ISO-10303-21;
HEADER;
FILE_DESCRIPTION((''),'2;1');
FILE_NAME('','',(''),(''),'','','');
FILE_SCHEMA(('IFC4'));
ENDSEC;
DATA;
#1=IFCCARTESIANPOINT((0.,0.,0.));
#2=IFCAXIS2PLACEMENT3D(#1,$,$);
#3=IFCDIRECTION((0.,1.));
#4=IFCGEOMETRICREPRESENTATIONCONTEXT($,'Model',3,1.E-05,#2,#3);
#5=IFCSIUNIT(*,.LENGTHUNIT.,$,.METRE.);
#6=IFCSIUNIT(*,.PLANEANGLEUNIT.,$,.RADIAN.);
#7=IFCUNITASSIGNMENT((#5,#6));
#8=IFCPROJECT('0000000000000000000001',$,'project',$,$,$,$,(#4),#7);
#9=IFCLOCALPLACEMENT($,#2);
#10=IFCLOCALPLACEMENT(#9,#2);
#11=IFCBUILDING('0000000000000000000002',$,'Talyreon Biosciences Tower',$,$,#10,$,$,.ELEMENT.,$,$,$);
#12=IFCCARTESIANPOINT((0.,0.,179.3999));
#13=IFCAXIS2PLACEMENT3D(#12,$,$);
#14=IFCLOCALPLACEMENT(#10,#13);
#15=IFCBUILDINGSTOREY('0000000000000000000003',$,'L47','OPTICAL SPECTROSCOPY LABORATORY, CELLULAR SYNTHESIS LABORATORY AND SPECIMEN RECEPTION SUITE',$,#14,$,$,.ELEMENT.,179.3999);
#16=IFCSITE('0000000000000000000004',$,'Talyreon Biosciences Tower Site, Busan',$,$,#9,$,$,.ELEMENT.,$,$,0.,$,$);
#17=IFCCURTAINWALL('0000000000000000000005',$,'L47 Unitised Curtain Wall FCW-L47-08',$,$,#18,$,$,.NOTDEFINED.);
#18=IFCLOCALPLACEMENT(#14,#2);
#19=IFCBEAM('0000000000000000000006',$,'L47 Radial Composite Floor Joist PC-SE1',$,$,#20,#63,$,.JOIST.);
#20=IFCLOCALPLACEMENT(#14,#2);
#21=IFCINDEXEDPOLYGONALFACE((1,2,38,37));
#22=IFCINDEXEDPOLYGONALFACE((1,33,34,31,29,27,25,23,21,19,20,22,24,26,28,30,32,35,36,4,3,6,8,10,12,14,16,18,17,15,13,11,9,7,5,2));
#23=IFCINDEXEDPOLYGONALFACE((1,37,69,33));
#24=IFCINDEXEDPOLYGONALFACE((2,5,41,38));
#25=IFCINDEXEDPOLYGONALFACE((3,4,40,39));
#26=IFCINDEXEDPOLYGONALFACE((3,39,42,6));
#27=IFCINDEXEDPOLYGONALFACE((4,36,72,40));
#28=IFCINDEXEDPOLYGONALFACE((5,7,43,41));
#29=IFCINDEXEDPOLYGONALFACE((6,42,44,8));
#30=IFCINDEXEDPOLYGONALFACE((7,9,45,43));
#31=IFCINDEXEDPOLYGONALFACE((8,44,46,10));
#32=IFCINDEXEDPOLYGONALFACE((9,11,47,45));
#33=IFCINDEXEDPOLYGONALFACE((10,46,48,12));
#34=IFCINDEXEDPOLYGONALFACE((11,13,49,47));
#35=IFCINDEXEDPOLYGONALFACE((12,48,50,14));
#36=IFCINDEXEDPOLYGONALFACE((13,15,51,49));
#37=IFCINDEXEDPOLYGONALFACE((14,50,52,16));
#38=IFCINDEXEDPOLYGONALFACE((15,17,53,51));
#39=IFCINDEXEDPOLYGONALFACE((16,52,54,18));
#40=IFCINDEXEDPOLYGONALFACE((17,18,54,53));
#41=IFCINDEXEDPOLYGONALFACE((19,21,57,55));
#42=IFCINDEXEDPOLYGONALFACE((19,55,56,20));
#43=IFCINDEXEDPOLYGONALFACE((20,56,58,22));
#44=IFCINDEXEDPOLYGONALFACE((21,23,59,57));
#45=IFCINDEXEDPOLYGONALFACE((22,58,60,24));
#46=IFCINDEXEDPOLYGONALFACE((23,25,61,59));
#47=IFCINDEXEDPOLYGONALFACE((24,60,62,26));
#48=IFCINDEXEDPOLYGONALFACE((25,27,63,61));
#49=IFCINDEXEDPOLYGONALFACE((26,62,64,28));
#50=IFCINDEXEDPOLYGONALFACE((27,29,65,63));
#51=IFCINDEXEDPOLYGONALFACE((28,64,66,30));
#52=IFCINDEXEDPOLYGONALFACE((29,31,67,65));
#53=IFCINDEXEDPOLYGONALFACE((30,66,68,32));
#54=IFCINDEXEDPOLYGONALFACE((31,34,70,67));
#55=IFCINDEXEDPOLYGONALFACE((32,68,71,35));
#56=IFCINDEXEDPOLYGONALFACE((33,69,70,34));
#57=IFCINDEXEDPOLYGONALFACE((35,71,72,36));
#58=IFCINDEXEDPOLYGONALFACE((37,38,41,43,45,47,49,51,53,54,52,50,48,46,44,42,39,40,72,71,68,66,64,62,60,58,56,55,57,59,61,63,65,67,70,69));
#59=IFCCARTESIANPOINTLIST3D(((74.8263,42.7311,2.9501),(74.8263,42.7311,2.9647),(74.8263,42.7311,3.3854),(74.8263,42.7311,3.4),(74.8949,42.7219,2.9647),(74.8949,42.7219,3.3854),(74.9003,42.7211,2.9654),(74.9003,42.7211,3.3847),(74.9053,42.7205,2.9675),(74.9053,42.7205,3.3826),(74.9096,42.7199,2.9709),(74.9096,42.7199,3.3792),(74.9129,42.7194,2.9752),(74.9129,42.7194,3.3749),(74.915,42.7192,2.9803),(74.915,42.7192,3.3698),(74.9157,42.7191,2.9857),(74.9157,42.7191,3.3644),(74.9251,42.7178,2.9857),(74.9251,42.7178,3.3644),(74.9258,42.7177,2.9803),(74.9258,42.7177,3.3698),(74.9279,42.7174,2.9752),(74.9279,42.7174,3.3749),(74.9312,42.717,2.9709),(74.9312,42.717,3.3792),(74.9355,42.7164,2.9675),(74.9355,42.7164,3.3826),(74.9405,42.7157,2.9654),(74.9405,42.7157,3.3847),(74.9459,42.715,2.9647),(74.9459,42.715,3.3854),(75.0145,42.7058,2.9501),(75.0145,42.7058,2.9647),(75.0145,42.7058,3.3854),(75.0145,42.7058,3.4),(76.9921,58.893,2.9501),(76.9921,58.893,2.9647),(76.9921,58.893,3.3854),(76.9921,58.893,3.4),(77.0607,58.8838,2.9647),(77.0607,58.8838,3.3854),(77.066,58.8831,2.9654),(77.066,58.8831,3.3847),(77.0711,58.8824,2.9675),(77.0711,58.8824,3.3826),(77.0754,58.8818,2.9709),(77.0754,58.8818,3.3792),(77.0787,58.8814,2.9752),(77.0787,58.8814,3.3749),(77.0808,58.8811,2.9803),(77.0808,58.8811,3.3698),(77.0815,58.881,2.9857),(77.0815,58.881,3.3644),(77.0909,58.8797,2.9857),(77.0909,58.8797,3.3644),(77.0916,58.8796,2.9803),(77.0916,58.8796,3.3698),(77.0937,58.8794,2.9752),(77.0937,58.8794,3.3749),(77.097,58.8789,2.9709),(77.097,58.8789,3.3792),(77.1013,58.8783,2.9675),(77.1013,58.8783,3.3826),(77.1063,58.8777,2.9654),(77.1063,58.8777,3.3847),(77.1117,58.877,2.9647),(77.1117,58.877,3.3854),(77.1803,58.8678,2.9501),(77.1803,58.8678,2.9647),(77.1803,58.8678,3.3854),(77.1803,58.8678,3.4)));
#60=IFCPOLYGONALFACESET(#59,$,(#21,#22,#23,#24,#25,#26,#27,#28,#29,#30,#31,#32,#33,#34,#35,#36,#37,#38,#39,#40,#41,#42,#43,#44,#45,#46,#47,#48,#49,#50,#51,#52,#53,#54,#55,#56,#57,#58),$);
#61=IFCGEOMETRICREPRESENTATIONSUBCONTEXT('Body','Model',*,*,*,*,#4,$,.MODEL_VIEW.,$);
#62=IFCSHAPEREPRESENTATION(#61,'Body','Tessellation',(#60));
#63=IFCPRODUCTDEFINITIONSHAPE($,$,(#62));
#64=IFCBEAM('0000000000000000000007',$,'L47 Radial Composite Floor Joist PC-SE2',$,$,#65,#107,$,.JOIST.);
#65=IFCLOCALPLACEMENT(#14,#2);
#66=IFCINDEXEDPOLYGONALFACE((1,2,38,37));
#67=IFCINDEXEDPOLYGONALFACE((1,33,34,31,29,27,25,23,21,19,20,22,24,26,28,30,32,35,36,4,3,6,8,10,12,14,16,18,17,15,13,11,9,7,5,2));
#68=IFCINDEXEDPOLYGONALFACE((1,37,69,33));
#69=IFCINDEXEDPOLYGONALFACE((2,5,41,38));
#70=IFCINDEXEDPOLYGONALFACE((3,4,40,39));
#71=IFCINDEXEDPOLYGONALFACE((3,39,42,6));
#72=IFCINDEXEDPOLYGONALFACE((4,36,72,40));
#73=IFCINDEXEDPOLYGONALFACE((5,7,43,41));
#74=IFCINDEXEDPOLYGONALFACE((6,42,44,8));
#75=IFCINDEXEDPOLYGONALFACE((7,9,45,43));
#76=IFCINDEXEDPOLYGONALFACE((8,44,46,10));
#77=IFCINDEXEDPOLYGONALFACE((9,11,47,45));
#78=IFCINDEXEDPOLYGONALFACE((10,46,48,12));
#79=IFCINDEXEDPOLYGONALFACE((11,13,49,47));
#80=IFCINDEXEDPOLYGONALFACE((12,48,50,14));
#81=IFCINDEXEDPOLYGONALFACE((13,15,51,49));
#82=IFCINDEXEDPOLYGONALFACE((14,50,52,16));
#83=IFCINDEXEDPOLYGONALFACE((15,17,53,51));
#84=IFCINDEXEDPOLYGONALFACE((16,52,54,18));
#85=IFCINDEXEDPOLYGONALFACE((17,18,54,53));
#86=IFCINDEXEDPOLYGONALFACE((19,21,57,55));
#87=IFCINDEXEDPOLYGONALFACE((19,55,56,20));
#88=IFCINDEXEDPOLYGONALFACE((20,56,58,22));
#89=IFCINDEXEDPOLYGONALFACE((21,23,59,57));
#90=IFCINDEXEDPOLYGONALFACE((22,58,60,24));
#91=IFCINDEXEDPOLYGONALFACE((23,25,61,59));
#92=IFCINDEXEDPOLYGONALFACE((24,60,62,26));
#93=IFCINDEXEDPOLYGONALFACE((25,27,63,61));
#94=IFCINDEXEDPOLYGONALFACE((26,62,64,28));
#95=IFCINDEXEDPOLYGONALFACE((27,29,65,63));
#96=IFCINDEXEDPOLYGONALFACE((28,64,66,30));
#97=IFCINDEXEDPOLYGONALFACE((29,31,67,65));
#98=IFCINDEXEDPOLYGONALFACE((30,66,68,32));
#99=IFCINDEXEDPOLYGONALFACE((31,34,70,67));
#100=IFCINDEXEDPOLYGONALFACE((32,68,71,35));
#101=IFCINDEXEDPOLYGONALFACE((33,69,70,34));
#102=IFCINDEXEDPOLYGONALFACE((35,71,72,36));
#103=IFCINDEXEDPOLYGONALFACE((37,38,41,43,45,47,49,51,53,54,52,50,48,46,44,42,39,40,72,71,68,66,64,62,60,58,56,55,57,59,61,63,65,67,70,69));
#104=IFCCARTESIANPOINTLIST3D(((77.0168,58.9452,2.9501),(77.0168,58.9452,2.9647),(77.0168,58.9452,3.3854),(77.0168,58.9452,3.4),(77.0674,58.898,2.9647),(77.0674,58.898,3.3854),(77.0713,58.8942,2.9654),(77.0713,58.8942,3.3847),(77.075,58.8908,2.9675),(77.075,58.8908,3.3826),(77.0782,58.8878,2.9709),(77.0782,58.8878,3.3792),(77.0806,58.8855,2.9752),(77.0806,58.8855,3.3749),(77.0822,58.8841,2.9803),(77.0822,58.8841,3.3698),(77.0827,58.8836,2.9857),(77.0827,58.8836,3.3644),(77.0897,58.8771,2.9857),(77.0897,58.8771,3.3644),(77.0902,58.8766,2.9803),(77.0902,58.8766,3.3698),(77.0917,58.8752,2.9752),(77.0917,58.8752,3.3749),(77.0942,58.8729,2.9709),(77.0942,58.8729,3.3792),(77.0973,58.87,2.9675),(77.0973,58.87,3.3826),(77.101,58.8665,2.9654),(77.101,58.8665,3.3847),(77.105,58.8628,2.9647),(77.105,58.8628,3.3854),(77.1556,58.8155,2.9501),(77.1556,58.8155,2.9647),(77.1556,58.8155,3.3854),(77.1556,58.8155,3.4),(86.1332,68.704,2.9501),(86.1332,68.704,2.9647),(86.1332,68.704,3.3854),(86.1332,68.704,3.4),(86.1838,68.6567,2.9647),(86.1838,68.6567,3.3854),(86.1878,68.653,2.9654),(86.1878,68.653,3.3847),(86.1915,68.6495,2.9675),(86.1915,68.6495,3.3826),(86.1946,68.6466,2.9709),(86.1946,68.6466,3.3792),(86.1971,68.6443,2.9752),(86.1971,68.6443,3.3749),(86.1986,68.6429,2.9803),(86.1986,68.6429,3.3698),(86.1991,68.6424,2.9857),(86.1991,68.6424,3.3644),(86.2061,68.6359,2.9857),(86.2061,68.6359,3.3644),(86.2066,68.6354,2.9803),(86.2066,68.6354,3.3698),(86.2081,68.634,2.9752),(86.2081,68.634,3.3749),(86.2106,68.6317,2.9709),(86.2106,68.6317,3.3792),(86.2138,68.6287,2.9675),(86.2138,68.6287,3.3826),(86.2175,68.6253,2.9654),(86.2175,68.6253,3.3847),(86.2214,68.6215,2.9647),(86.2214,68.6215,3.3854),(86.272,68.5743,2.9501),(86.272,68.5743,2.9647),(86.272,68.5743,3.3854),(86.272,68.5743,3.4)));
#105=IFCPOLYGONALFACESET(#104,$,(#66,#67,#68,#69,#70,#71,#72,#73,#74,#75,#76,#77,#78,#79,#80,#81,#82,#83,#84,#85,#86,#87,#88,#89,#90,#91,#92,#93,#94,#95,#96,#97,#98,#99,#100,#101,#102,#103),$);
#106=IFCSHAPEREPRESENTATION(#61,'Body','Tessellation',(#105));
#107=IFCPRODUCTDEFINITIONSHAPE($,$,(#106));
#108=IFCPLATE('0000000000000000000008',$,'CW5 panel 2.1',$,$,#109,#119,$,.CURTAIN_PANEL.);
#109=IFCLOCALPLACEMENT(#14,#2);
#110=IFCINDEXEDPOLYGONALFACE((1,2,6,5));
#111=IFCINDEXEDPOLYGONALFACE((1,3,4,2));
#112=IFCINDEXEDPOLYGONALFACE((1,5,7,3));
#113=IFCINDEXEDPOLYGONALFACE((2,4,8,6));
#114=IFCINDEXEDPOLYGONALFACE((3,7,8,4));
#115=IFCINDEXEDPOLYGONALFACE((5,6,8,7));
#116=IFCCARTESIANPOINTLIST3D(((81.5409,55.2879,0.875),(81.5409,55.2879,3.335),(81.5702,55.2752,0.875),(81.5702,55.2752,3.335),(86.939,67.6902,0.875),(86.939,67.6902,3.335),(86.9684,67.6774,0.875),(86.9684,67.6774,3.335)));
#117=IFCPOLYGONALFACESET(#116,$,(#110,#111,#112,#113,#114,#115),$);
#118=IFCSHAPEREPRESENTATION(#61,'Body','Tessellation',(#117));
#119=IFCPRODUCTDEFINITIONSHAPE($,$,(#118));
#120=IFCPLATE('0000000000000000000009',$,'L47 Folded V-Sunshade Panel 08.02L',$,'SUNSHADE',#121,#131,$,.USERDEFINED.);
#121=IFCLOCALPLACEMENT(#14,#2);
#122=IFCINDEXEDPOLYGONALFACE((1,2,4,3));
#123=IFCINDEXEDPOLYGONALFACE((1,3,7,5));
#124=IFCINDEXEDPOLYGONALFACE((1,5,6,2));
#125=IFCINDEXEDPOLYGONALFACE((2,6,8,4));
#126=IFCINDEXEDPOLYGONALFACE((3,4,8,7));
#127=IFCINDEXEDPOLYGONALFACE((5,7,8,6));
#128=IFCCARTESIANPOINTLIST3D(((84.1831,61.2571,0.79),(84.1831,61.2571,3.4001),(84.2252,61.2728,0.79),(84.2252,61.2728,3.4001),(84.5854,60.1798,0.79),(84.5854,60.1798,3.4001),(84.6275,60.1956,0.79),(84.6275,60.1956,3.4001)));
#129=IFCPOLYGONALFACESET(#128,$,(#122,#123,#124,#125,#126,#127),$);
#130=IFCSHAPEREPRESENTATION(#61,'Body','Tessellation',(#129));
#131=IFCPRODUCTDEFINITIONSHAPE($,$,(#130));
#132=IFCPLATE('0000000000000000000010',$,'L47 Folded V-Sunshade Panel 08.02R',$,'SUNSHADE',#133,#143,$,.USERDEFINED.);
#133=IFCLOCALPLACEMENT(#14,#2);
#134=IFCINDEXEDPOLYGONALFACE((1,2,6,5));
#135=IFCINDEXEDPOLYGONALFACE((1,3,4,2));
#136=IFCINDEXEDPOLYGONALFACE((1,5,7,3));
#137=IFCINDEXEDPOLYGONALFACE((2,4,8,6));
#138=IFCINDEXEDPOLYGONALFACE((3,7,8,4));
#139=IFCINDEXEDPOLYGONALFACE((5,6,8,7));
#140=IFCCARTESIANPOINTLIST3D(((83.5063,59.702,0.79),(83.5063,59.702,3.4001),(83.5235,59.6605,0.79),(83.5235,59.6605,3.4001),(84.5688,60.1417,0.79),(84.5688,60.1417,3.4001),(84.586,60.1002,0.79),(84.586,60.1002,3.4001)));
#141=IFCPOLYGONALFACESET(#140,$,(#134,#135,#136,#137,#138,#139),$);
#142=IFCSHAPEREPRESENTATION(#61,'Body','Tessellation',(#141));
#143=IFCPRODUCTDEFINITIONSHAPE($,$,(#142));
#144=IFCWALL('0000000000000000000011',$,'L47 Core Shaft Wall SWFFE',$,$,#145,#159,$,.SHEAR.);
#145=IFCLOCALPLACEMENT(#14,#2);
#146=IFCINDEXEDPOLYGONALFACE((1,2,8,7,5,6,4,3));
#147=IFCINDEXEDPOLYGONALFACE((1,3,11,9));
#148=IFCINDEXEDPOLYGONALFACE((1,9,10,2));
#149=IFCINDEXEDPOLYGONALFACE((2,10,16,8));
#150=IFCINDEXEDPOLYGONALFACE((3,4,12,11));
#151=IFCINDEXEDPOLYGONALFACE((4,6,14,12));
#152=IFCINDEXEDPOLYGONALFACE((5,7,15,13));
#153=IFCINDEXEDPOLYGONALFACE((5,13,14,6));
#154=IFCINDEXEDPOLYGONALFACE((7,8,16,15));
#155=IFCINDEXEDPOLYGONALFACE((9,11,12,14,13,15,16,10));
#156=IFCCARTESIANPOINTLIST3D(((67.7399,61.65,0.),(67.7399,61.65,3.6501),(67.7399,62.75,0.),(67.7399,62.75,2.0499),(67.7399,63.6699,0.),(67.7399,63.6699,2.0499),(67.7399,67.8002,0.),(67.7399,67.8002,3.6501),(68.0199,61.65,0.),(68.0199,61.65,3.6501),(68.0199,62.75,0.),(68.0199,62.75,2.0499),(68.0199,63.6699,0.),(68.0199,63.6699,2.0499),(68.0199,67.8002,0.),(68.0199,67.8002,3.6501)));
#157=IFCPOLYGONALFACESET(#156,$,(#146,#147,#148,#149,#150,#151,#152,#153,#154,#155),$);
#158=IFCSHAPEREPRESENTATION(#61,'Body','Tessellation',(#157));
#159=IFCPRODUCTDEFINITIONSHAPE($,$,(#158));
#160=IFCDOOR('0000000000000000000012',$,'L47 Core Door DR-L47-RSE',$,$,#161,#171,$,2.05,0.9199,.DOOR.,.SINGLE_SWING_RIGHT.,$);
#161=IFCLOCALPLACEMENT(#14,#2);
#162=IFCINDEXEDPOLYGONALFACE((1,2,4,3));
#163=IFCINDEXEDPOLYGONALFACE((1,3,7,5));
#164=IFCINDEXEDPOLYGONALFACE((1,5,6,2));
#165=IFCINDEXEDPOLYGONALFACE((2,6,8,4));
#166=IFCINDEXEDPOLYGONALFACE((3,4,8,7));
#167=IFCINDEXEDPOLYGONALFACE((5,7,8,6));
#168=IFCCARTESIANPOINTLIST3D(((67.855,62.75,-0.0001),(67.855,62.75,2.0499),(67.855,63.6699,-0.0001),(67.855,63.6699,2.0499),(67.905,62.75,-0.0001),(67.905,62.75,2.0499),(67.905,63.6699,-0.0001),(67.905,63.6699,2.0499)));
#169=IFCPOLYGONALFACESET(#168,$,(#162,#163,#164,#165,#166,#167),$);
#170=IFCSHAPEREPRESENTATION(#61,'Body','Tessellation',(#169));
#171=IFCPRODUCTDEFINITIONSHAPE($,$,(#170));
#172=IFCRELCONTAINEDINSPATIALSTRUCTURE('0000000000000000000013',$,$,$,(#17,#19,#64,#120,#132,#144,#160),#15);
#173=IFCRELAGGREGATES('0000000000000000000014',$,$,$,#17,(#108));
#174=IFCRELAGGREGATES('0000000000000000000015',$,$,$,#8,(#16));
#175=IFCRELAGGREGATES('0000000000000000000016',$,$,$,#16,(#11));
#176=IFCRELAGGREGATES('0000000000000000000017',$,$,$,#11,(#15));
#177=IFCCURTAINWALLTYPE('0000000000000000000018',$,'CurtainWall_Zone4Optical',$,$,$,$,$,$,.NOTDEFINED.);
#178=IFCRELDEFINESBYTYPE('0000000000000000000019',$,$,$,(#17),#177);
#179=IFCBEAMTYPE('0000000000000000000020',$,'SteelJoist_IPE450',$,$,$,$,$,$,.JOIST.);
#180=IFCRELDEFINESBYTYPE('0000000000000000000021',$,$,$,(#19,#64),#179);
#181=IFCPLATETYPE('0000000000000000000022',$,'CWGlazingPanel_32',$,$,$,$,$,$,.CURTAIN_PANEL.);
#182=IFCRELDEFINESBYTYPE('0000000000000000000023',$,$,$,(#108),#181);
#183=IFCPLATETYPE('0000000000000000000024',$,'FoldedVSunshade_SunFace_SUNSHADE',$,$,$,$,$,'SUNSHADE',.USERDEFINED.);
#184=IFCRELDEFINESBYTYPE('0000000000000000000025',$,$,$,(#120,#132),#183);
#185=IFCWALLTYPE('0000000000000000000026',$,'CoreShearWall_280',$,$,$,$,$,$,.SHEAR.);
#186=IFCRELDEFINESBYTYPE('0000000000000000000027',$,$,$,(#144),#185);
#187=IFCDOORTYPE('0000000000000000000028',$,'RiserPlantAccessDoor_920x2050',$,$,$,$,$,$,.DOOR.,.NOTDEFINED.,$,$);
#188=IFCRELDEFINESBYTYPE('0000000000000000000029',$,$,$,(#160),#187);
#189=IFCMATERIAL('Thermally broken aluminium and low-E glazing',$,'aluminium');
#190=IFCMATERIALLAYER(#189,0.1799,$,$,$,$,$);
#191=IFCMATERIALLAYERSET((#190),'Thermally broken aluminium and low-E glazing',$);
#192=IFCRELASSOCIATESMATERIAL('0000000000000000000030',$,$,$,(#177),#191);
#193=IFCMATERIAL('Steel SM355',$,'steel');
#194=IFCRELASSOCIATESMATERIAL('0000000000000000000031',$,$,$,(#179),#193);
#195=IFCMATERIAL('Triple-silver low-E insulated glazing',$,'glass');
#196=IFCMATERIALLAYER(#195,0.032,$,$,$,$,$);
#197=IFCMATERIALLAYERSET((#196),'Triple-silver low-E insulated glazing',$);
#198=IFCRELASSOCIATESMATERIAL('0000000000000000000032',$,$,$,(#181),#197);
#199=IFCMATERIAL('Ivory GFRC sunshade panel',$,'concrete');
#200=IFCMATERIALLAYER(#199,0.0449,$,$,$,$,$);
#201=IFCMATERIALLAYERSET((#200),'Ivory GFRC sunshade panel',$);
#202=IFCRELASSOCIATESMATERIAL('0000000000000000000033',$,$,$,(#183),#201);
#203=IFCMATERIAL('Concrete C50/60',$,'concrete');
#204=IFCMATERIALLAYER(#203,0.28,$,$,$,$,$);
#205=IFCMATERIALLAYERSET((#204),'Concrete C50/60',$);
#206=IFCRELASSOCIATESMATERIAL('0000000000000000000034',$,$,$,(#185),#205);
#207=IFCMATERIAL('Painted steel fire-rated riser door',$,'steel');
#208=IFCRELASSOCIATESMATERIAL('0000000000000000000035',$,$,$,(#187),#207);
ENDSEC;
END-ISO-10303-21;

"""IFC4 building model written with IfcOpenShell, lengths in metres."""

from ifc_helpers import new_model, si_unit, direction, frame, frame_2d, origin, origin_2d, place, context, subcontext, project, spatial, rectangle, i_section, extrude, material, layer, layer_set, material_profile, profile_set, type_object, element, fill, aggregate, save


model = new_model("IFC4")

# Units and contexts
model_context = context("Model", 3, precision=1e-05, world=origin(), true_north=direction((0.0, 1.0)))
body_context = subcontext(model_context, "Body", "Model", "MODEL_VIEW")
ifc_project = project(units=[si_unit("LENGTHUNIT", "METRE"), si_unit("PLANEANGLEUNIT", "RADIAN")], contexts=[model_context])

# Site, building, storey
site_placement = place(None, origin())
site = spatial("IfcSite", under=ifc_project, at=site_placement, Name="Talyreon Biosciences Tower Site, Busan", CompositionType="ELEMENT", RefElevation=0.0)
building_placement = place(site_placement, origin())
building = spatial("IfcBuilding", under=site, at=building_placement, Name="Talyreon Biosciences Tower", CompositionType="ELEMENT")
storey_placement = place(building_placement, frame((0.0, 0.0, 179.3999)))
storey = spatial("IfcBuildingStorey", under=building, at=storey_placement, Name="L47", Description="OPTICAL SPECTROSCOPY LABORATORY, CELLULAR SYNTHESIS LABORATORY AND SPECIMEN RECEPTION SUITE", CompositionType="ELEMENT", Elevation=179.3999)

# Shared definitions
ifc_material_1 = material(Name="Concrete C50/60", Category="concrete")

# Curtain wall
ifc_material_2 = material(Name="Thermally broken aluminium and low-E glazing", Category="aluminium")
ifc_layer_1 = layer(ifc_material_2, 0.1799)
ifc_layer_set_1 = layer_set([ifc_layer_1], Name="Thermally broken aluminium and low-E glazing")
curtain_wall_type = type_object("IfcCurtainWallType", Name="CurtainWall_Zone4Optical", PredefinedType="NOTDEFINED", material=ifc_layer_set_1)
curtain_wall_placement = place(storey_placement, origin())
curtain_wall = element("IfcCurtainWall", 1, at=curtain_wall_placement, inside=storey, type_object=curtain_wall_type, Name="L47 Unitised Curtain Wall FCW-L47-08", PredefinedType="NOTDEFINED")

# Beams
ifc_material_3 = material(Name="Steel SM355", Category="steel")
ifc_material_profile_1 = material_profile(ifc_material_3, i_section(OverallWidth=0.1899, OverallDepth=0.45, WebThickness=0.0095, FlangeThickness=0.0146, FilletRadius=0.021, at=origin_2d()), Name="IPE450")
ifc_profile_set_1 = profile_set([ifc_material_profile_1], Name="Steel SM355")
beam_type_1 = type_object("IfcBeamType", Name="SteelJoist_IPE450", PredefinedType="JOIST", material=ifc_profile_set_1)
beam_1_placement = place(storey_placement, frame((77.0862, 58.8804, 3.175), z_axis=(-0.132818, -0.99114, 0.0), x_axis=(0.99114, -0.132818, 0.0)))
element("IfcBeam", 2, at=beam_1_placement, inside=storey, type_object=beam_type_1, Name="L47 Radial Composite Floor Joist PC-SE1", PredefinedType="JOIST", context=body_context, shape_type="SweptSolid", body=[
    extrude(i_section(OverallWidth=0.1899, OverallDepth=0.45, WebThickness=0.0095, FlangeThickness=0.0146, FilletRadius=0.021, at=origin_2d()), origin(), (0.0, 0.0, 1.0), 16.3064),
])
beam_2_placement = place(storey_placement, frame((77.0862, 58.8804, 3.175), z_axis=(0.682648, 0.730747, 0.0), x_axis=(-0.730747, 0.682648, 0.0)))
element("IfcBeam", 3, at=beam_2_placement, inside=storey, type_object=beam_type_1, Name="L47 Radial Composite Floor Joist PC-SE2", PredefinedType="JOIST", context=body_context, shape_type="SweptSolid", body=[
    extrude(i_section(OverallWidth=0.1899, OverallDepth=0.45, WebThickness=0.0095, FlangeThickness=0.0146, FilletRadius=0.021, at=origin_2d()), origin(), (0.0, 0.0, 1.0), 13.3545),
])

# Plate
ifc_material_4 = material(Name="Triple-silver low-E insulated glazing", Category="glass")
ifc_layer_2 = layer(ifc_material_4, 0.032)
ifc_layer_set_2 = layer_set([ifc_layer_2], Name="Triple-silver low-E insulated glazing")
plate_type_1 = type_object("IfcPlateType", Name="CWGlazingPanel_32", PredefinedType="CURTAIN_PANEL", material=ifc_layer_set_2)
plate_placement = place(storey_placement, frame((84.2546, 61.4827, 0.875), z_axis=(0.0, 0.0, 1.0), x_axis=(-0.399089, -0.916912, 0.0)))
plate = element("IfcPlate", 4, at=plate_placement, type_object=plate_type_1, Name="CW5 panel 2.1", PredefinedType="CURTAIN_PANEL", context=body_context, shape_type="SweptSolid", body=[
    extrude(rectangle(XDim=13.5261, YDim=0.032, at=origin_2d()), origin(), (0.0, 0.0, 1.0), 2.46),
])
aggregate(curtain_wall, [plate])

# Plates
ifc_material_5 = material(Name="Ivory GFRC sunshade panel", Category="concrete")
ifc_layer_3 = layer(ifc_material_5, 0.0449)
ifc_layer_set_3 = layer_set([ifc_layer_3], Name="Ivory GFRC sunshade panel")
plate_type_2 = type_object("IfcPlateType", Name="FoldedVSunshade_SunFace_SUNSHADE", ElementType="SUNSHADE", PredefinedType="USERDEFINED", material=ifc_layer_set_3)
for number, where, z_axis, x_axis, name in (
    (5, (84.4053, 60.7263, 0.79), (0.0, 0.0, 1.0), (0.349864, -0.9368, 0.0), "L47 Folded V-Sunshade Panel 08.02L"),
    (6, (84.0461, 59.9011, 0.79), (0.0, 0.0, 1.0), (-0.92402, -0.382345, 0.0), "L47 Folded V-Sunshade Panel 08.02R"),
):
    element("IfcPlate", number, at=place(storey_placement, frame(where, z_axis=z_axis, x_axis=x_axis)), inside=storey, type_object=plate_type_2, Name=name, ObjectType="SUNSHADE", PredefinedType="USERDEFINED", context=body_context, shape_type="SweptSolid", body=[
        extrude(rectangle(XDim=1.1499, YDim=0.0449, at=origin_2d()), origin(), (0.0, 0.0, 1.0), 2.6101),
    ])

# Wall, opening, door
ifc_layer_4 = layer(ifc_material_1, 0.28)
ifc_layer_set_4 = layer_set([ifc_layer_4], Name="Concrete C50/60")
wall_type_1 = type_object("IfcWallType", Name="CoreShearWall_280", PredefinedType="SHEAR", material=ifc_layer_set_4)
wall_1_placement = place(storey_placement, frame((67.8799, 61.6499, 0.0), z_axis=(0.0, 0.0, 1.0), x_axis=(0.0, 1.0, 0.0)))
wall_1 = element("IfcWall", 7, at=wall_1_placement, inside=storey, type_object=wall_type_1, Name="L47 Core Shaft Wall SWFFE", PredefinedType="SHEAR", context=body_context, shape_type="SweptSolid", body=[
    extrude(rectangle(XDim=6.1501, YDim=0.28, at=frame_2d((3.0752, 0.0))), origin(), (0.0, 0.0, 1.0), 3.6501),
])
opening_1_placement = place(wall_1_placement, frame((1.1001, 0.0, 0.0)))
opening_1 = element("IfcOpeningElement", 8, at=opening_1_placement, cuts=wall_1, PredefinedType="OPENING", context=body_context, shape_type="SweptSolid", body=[
    extrude(rectangle(XDim=0.9199, YDim=2.05, at=frame_2d((0.46, 1.0249))), frame((0.0, 0.1499, 0.0), z_axis=(0.0, -1.0, 0.0), x_axis=(1.0, 0.0, 0.0)), (0.0, 0.0, 1.0), 0.3),
])
ifc_material_6 = material(Name="Painted steel fire-rated riser door", Category="steel")
door_type = type_object("IfcDoorType", Name="RiserPlantAccessDoor_920x2050", OperationType="NOTDEFINED", PredefinedType="DOOR", material=ifc_material_6)
door_1_placement = place(opening_1_placement, origin())
door_1 = element("IfcDoor", 9, at=door_1_placement, inside=storey, type_object=door_type, Name="L47 Core Door DR-L47-RSE", OperationType="SINGLE_SWING_RIGHT", OverallHeight=2.05, OverallWidth=0.9199, PredefinedType="DOOR", context=body_context, shape_type="SweptSolid", body=[
    extrude(rectangle(XDim=0.9199, YDim=2.05, at=frame_2d((0.46, 1.0249))), frame((0.0, 0.0249, 0.0), z_axis=(0.0, -1.0, 0.0), x_axis=(1.0, 0.0, 0.0)), (0.0, 0.0, 1.0), 0.05),
])
fill(opening_1, door_1)

save(model, "model.ifc")
